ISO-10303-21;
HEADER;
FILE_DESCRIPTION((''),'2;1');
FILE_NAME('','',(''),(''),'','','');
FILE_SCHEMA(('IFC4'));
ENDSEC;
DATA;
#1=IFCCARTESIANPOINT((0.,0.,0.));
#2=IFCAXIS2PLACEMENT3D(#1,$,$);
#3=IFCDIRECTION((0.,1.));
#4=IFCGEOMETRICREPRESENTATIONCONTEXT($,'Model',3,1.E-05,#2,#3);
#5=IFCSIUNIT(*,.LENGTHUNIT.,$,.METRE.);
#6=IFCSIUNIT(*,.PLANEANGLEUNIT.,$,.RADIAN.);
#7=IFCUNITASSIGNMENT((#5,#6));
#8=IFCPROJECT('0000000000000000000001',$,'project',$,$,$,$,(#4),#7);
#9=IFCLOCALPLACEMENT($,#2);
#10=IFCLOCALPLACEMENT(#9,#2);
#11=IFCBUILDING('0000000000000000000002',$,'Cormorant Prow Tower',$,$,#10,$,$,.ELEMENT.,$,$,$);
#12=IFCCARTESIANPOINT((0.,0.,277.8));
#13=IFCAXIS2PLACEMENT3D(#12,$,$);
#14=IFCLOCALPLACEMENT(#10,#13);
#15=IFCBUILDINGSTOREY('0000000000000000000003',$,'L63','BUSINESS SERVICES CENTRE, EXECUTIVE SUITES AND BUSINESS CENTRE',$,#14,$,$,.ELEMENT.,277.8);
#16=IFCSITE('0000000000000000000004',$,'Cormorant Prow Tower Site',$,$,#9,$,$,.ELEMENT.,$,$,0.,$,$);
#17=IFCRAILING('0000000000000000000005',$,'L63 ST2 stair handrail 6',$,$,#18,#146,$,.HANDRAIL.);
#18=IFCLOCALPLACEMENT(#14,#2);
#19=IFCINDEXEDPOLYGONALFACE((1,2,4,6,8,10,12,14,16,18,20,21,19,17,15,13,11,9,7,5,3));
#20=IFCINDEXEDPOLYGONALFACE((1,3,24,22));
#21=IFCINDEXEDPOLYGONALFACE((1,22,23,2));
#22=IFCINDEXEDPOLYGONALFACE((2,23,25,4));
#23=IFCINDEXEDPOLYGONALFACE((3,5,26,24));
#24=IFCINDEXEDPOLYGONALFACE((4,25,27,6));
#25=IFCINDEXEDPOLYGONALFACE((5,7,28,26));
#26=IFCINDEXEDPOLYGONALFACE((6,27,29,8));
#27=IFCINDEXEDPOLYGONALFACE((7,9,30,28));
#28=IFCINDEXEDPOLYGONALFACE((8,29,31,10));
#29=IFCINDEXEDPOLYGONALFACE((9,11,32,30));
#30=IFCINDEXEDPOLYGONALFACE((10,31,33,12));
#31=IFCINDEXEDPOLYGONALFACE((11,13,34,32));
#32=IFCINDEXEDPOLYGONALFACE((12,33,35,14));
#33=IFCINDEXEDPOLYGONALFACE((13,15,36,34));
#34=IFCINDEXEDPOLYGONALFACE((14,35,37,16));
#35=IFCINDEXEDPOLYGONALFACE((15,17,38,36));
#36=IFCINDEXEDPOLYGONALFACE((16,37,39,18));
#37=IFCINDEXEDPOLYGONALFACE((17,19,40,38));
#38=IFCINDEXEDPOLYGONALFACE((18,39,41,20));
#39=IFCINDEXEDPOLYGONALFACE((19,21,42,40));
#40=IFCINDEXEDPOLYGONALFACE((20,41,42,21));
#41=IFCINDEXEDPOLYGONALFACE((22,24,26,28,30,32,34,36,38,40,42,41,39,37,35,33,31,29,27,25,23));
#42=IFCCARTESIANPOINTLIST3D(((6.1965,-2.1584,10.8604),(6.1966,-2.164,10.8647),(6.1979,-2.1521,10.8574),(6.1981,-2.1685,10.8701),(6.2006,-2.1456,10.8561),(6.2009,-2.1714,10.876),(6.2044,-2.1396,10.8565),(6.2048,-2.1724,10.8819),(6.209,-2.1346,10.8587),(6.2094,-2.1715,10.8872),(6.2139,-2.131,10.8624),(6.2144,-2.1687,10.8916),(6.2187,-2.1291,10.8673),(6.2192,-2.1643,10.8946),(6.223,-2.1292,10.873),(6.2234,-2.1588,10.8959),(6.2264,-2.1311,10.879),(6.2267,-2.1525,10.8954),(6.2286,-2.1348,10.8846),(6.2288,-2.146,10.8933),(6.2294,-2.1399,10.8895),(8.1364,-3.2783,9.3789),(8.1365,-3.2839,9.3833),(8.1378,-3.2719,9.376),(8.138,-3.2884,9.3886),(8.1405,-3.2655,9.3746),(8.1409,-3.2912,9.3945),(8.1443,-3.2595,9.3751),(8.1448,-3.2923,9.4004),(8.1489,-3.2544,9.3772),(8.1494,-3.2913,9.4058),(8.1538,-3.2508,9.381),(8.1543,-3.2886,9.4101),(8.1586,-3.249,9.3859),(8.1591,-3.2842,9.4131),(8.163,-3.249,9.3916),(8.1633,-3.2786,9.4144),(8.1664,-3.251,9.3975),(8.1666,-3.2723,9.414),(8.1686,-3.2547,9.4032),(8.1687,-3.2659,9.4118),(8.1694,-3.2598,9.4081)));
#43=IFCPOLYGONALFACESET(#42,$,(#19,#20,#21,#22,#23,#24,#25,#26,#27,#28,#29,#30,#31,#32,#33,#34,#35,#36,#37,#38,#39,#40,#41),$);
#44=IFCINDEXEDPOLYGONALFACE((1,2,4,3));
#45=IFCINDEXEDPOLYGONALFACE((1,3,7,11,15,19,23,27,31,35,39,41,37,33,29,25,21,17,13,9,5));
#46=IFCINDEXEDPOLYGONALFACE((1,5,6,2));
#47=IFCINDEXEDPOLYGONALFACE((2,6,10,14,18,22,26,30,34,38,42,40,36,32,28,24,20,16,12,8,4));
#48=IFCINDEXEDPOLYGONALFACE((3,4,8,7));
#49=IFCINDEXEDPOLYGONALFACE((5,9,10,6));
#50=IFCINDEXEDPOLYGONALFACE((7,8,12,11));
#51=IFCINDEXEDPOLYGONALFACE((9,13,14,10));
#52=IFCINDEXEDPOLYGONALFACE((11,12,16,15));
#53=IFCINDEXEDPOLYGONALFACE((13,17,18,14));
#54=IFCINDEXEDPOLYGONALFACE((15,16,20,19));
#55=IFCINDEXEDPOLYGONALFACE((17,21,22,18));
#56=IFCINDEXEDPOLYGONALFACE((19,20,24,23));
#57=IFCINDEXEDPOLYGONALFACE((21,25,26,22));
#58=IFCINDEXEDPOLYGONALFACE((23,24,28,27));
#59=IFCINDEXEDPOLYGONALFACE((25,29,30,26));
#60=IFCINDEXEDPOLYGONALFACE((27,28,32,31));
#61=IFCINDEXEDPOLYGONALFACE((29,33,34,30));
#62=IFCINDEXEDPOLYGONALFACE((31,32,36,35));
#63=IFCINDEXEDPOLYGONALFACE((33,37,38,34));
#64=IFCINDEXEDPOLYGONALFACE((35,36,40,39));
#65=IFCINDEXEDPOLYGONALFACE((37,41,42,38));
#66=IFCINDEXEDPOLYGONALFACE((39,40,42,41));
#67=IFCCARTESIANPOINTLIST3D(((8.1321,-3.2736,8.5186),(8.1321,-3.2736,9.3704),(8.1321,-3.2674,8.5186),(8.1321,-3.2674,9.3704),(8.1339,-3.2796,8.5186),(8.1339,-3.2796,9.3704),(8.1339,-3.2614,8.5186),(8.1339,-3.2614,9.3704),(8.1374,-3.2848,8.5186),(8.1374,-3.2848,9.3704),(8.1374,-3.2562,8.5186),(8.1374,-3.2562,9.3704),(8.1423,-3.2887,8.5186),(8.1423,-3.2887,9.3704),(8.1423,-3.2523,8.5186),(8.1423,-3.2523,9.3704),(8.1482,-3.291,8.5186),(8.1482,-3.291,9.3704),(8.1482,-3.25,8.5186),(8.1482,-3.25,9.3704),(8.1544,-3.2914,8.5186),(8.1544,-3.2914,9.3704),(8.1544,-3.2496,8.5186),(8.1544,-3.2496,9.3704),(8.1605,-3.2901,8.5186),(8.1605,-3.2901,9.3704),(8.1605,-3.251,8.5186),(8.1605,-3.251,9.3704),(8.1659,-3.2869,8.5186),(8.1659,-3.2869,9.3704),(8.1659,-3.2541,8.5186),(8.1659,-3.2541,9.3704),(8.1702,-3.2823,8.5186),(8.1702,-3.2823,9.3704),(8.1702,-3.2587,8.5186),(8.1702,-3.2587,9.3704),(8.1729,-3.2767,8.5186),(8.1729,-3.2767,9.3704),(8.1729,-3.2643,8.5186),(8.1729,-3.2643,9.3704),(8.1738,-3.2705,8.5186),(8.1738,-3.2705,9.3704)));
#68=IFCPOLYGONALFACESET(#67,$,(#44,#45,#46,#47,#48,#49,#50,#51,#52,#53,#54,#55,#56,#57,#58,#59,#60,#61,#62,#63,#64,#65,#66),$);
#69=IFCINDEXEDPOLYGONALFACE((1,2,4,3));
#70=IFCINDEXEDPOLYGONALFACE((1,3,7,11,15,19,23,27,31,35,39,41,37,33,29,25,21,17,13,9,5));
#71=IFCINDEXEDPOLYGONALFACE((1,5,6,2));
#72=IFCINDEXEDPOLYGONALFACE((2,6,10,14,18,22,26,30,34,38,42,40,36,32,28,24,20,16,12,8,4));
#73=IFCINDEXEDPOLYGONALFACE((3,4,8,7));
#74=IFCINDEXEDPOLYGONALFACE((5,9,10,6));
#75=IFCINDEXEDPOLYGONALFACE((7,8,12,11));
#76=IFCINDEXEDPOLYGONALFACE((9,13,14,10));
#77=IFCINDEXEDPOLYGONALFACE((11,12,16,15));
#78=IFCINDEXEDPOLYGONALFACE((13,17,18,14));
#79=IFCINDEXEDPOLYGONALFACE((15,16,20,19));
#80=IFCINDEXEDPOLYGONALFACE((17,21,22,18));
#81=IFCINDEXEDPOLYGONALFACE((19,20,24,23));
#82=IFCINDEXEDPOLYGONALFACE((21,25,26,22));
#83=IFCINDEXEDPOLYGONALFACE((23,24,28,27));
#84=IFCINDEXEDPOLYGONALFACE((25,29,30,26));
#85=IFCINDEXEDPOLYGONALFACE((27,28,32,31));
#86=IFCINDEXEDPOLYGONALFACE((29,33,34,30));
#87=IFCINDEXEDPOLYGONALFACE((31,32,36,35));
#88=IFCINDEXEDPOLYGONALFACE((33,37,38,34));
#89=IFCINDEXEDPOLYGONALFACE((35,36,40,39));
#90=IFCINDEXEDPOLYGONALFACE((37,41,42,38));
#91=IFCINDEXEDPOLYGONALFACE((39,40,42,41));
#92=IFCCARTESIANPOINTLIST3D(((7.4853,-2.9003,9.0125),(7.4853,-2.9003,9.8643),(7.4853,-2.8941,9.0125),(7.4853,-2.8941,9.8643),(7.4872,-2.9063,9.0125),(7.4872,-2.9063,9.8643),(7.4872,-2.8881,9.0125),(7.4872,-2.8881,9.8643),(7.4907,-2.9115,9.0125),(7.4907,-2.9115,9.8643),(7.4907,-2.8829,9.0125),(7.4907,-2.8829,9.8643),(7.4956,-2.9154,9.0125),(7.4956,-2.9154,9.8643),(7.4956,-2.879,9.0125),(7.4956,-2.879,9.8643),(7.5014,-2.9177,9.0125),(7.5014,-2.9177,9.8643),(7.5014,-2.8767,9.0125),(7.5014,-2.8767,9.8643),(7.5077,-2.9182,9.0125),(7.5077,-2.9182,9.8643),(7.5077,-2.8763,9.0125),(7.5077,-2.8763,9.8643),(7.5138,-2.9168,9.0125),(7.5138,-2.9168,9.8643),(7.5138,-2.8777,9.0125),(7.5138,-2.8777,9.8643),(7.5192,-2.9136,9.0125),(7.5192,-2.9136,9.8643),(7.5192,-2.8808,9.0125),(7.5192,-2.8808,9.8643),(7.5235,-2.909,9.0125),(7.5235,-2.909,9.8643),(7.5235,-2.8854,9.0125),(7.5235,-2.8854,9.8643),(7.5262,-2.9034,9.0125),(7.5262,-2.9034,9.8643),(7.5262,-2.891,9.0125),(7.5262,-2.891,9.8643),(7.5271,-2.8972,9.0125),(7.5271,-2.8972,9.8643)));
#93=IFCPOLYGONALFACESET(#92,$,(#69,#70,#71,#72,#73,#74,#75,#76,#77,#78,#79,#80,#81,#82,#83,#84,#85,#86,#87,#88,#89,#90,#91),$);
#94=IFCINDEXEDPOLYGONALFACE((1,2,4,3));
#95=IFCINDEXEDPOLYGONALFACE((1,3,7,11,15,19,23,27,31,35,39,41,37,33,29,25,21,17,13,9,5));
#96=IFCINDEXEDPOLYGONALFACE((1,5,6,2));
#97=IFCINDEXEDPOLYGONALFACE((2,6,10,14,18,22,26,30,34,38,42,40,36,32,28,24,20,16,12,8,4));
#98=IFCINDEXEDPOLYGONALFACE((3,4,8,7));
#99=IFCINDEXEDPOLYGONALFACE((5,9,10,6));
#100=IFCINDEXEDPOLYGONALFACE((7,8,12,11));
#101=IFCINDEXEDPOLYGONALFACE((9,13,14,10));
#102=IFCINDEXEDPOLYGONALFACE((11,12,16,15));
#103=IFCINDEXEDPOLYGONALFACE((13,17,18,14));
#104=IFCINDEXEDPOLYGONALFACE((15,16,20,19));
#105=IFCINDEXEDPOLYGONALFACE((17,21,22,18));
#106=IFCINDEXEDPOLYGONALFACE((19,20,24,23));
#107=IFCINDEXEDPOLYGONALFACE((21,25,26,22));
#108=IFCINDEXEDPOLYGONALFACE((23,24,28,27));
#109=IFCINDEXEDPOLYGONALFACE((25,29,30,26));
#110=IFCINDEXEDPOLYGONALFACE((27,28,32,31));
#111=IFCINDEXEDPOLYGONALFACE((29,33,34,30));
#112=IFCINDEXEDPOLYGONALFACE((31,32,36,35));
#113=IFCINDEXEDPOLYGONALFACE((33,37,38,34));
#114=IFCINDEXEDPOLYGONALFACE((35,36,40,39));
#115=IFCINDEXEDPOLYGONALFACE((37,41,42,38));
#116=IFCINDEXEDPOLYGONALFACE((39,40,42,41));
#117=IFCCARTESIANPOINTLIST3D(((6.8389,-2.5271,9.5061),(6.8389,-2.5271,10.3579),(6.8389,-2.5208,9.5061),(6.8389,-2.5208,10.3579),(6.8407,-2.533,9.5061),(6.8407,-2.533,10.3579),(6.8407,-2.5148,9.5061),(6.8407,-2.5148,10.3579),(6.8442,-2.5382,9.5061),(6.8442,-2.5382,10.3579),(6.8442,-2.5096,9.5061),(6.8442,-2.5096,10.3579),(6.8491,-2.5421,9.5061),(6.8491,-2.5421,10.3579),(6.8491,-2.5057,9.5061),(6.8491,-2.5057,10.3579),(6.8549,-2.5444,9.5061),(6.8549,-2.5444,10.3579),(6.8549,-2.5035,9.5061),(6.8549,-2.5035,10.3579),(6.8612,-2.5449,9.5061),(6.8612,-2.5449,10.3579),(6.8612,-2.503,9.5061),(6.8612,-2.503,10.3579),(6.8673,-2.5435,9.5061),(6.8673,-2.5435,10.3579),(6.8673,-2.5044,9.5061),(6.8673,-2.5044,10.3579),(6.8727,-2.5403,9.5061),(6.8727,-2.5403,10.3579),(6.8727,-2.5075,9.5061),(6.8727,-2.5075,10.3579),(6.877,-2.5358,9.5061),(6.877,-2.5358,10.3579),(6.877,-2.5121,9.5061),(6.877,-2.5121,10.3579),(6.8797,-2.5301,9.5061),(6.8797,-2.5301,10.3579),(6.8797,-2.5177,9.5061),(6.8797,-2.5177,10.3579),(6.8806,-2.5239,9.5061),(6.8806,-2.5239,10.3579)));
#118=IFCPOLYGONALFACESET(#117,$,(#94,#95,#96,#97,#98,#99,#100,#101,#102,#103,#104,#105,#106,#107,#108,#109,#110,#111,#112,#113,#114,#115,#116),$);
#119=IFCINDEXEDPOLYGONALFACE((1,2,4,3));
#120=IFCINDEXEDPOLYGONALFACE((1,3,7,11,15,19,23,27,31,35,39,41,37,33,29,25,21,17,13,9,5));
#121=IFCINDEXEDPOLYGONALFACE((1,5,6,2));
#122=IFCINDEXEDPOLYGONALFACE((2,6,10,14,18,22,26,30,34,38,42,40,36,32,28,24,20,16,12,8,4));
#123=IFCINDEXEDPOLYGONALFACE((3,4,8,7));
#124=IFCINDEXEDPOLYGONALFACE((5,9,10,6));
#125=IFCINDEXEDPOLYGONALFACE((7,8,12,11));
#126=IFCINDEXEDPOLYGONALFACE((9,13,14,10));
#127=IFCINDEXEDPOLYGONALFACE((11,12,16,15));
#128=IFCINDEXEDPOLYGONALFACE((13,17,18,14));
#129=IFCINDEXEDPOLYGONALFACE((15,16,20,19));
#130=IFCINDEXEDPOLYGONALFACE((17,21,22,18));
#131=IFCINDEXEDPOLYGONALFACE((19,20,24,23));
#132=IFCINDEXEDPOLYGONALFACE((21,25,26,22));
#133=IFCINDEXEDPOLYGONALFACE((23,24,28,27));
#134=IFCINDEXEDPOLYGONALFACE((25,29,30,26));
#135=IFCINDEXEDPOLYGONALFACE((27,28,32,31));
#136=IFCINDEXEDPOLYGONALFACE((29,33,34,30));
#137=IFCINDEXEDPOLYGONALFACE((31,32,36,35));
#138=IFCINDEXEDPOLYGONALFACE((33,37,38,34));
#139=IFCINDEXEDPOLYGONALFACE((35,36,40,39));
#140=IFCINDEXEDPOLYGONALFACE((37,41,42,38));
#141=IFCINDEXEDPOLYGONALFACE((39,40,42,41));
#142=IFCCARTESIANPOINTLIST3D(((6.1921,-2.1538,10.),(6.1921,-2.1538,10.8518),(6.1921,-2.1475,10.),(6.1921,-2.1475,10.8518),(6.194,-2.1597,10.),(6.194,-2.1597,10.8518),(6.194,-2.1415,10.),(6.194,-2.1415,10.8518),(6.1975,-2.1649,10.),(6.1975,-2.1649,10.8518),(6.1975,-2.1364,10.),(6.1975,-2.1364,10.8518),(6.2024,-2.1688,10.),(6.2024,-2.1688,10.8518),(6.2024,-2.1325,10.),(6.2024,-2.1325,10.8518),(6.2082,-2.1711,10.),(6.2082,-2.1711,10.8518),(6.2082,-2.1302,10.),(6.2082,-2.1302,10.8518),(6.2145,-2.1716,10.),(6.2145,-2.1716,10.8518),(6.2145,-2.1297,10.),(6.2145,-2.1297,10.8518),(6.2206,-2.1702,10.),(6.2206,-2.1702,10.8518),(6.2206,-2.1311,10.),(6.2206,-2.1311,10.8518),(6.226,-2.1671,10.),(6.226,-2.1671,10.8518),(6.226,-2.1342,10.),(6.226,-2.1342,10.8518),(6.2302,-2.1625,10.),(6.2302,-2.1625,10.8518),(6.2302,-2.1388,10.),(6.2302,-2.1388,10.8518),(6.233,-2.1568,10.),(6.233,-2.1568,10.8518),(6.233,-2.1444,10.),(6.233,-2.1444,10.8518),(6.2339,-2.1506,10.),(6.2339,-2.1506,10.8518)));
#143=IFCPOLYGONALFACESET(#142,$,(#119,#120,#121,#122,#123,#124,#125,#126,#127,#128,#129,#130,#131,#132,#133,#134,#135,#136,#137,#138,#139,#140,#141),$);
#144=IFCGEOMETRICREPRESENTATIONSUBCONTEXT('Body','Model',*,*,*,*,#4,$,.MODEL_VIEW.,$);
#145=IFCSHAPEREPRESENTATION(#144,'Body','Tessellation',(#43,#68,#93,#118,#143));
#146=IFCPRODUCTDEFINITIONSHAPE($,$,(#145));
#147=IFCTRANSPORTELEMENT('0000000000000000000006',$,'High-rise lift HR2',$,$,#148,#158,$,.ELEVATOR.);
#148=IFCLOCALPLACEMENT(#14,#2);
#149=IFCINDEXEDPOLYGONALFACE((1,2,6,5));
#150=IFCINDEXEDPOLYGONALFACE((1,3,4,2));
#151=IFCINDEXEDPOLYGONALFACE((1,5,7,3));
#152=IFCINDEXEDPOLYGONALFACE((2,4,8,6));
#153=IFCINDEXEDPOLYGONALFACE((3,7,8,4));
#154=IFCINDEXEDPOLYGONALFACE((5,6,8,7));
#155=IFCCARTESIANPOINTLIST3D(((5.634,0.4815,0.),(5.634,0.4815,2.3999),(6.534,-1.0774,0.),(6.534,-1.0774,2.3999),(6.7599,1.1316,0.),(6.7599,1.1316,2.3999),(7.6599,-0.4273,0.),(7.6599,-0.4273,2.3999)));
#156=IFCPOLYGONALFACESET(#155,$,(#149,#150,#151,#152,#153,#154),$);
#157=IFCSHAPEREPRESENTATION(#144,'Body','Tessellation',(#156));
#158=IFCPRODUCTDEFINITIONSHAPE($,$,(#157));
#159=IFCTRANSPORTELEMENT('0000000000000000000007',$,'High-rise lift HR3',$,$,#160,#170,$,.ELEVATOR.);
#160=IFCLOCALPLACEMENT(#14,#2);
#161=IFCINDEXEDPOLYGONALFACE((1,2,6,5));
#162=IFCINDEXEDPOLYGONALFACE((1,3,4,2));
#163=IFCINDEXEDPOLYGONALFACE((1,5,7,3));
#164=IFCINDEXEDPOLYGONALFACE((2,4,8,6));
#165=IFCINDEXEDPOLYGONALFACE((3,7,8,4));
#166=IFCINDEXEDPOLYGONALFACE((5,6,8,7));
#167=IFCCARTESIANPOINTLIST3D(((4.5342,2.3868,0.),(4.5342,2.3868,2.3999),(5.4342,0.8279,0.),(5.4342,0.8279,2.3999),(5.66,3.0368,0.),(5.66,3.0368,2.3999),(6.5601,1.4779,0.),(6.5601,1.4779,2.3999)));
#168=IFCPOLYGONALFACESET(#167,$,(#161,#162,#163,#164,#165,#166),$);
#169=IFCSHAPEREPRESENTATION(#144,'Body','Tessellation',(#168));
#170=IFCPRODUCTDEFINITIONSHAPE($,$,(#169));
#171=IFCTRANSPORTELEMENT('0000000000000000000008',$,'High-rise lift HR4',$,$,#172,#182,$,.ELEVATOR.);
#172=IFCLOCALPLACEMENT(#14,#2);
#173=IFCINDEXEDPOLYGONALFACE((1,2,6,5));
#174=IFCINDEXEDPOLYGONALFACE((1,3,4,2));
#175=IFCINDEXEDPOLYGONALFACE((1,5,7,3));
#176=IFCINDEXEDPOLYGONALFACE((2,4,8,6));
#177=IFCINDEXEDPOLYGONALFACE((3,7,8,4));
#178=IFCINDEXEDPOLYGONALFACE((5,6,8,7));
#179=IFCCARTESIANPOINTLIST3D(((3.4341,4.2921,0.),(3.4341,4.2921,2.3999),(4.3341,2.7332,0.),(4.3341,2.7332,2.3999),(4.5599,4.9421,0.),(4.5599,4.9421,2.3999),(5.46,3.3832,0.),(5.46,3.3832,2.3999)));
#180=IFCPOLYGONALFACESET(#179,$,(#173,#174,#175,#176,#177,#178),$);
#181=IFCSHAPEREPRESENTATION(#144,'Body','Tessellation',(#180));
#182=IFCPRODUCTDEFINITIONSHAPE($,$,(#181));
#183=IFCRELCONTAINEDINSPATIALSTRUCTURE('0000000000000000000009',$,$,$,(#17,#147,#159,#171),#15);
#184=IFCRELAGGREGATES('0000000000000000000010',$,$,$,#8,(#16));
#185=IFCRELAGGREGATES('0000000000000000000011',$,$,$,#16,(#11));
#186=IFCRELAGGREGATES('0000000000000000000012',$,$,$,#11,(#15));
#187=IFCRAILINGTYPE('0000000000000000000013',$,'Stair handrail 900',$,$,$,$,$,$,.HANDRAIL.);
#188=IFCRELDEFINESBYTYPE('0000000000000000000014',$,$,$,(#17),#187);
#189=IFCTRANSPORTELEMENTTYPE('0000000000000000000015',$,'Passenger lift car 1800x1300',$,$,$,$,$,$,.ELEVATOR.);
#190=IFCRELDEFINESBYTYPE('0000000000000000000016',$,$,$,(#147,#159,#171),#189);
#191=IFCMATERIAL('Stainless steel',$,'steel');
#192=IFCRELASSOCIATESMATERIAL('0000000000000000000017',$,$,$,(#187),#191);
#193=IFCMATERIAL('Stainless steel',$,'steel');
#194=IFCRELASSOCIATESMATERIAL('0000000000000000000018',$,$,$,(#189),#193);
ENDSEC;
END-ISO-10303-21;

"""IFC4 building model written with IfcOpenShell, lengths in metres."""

from ifc_helpers import new_model, si_unit, direction, frame, origin, origin_2d, place, context, subcontext, project, spatial, rectangle, circle, extrude, material, type_object, element, save


model = new_model("IFC4")

# Units and contexts
model_context = context("Model", 3, precision=1e-05, world=origin(), true_north=direction((0.0, 1.0)))
body_context = subcontext(model_context, "Body", "Model", "MODEL_VIEW")
ifc_project = project(units=[si_unit("LENGTHUNIT", "METRE"), si_unit("PLANEANGLEUNIT", "RADIAN")], contexts=[model_context])

# Site, building, storey
site_placement = place(None, origin())
site = spatial("IfcSite", under=ifc_project, at=site_placement, Name="Cormorant Prow Tower Site", CompositionType="ELEMENT", RefElevation=0.0)
building_placement = place(site_placement, origin())
building = spatial("IfcBuilding", under=site, at=building_placement, Name="Cormorant Prow Tower", CompositionType="ELEMENT")
storey_placement = place(building_placement, frame((0.0, 0.0, 277.8)))
storey = spatial("IfcBuildingStorey", under=building, at=storey_placement, Name="L63", Description="BUSINESS SERVICES CENTRE, EXECUTIVE SUITES AND BUSINESS CENTRE", CompositionType="ELEMENT", Elevation=277.8)

# Railing
ifc_material_1 = material(Name="Stainless steel", Category="steel")
railing_type_1 = type_object("IfcRailingType", Name="Stair handrail 900", PredefinedType="HANDRAIL", material=ifc_material_1)
for number, where, name in (
    (1, (8.1528, -3.2705, 8.5186), "L63 ST2 stair handrail 6"),
):
    element("IfcRailing", number, at=place(storey_placement, frame(where)), inside=storey, type_object=railing_type_1, Name=name, PredefinedType="HANDRAIL", context=body_context, shape_type="SweptSolid", body=[
        extrude(circle(Radius=0.0239, at=origin_2d()), frame((0.0, 0.0, 0.876), z_axis=(-0.722363, 0.417, 0.551636), x_axis=(-0.499949, -0.866055, 0.0)), (0.0, 0.0, 1.0), 2.6855),
        extrude(circle(Radius=0.021, at=origin_2d()), origin(), (0.0, 0.0, 1.0), 0.8518),
        extrude(circle(Radius=0.021, at=origin_2d()), frame((-0.6467, 0.3733, 0.4939)), (0.0, 0.0, 1.0), 0.8518),
        extrude(circle(Radius=0.021, at=origin_2d()), frame((-1.2932, 0.7466, 0.9875)), (0.0, 0.0, 1.0), 0.8518),
        extrude(circle(Radius=0.021, at=origin_2d()), frame((-1.9399, 1.1199, 1.4814)), (0.0, 0.0, 1.0), 0.8518),
    ])

# Transport elements
ifc_material_2 = material(Name="Stainless steel", Category="steel")
transport_element_type = type_object("IfcTransportElementType", Name="Passenger lift car 1800x1300", PredefinedType="ELEVATOR", material=ifc_material_2)
for number, where, z_axis, x_axis, name in (
    (2, (6.647, 0.0271, 0.0), (0.0, 0.0, 1.0), (-0.5, 0.866025, 0.0), "High-rise lift HR2"),
    (3, (5.5471, 1.9324, 0.0), (0.0, 0.0, 1.0), (-0.5, 0.866025, 0.0), "High-rise lift HR3"),
    (4, (4.447, 3.8376, 0.0), (0.0, 0.0, 1.0), (-0.5, 0.866025, 0.0), "High-rise lift HR4"),
):
    element("IfcTransportElement", number, at=place(storey_placement, frame(where, z_axis=z_axis, x_axis=x_axis)), inside=storey, type_object=transport_element_type, Name=name, PredefinedType="ELEVATOR", context=body_context, shape_type="SweptSolid", body=[
        extrude(rectangle(XDim=1.8, YDim=1.3, at=origin_2d()), origin(), (0.0, 0.0, 1.0), 2.3999),
    ])

save(model, "model.ifc")
